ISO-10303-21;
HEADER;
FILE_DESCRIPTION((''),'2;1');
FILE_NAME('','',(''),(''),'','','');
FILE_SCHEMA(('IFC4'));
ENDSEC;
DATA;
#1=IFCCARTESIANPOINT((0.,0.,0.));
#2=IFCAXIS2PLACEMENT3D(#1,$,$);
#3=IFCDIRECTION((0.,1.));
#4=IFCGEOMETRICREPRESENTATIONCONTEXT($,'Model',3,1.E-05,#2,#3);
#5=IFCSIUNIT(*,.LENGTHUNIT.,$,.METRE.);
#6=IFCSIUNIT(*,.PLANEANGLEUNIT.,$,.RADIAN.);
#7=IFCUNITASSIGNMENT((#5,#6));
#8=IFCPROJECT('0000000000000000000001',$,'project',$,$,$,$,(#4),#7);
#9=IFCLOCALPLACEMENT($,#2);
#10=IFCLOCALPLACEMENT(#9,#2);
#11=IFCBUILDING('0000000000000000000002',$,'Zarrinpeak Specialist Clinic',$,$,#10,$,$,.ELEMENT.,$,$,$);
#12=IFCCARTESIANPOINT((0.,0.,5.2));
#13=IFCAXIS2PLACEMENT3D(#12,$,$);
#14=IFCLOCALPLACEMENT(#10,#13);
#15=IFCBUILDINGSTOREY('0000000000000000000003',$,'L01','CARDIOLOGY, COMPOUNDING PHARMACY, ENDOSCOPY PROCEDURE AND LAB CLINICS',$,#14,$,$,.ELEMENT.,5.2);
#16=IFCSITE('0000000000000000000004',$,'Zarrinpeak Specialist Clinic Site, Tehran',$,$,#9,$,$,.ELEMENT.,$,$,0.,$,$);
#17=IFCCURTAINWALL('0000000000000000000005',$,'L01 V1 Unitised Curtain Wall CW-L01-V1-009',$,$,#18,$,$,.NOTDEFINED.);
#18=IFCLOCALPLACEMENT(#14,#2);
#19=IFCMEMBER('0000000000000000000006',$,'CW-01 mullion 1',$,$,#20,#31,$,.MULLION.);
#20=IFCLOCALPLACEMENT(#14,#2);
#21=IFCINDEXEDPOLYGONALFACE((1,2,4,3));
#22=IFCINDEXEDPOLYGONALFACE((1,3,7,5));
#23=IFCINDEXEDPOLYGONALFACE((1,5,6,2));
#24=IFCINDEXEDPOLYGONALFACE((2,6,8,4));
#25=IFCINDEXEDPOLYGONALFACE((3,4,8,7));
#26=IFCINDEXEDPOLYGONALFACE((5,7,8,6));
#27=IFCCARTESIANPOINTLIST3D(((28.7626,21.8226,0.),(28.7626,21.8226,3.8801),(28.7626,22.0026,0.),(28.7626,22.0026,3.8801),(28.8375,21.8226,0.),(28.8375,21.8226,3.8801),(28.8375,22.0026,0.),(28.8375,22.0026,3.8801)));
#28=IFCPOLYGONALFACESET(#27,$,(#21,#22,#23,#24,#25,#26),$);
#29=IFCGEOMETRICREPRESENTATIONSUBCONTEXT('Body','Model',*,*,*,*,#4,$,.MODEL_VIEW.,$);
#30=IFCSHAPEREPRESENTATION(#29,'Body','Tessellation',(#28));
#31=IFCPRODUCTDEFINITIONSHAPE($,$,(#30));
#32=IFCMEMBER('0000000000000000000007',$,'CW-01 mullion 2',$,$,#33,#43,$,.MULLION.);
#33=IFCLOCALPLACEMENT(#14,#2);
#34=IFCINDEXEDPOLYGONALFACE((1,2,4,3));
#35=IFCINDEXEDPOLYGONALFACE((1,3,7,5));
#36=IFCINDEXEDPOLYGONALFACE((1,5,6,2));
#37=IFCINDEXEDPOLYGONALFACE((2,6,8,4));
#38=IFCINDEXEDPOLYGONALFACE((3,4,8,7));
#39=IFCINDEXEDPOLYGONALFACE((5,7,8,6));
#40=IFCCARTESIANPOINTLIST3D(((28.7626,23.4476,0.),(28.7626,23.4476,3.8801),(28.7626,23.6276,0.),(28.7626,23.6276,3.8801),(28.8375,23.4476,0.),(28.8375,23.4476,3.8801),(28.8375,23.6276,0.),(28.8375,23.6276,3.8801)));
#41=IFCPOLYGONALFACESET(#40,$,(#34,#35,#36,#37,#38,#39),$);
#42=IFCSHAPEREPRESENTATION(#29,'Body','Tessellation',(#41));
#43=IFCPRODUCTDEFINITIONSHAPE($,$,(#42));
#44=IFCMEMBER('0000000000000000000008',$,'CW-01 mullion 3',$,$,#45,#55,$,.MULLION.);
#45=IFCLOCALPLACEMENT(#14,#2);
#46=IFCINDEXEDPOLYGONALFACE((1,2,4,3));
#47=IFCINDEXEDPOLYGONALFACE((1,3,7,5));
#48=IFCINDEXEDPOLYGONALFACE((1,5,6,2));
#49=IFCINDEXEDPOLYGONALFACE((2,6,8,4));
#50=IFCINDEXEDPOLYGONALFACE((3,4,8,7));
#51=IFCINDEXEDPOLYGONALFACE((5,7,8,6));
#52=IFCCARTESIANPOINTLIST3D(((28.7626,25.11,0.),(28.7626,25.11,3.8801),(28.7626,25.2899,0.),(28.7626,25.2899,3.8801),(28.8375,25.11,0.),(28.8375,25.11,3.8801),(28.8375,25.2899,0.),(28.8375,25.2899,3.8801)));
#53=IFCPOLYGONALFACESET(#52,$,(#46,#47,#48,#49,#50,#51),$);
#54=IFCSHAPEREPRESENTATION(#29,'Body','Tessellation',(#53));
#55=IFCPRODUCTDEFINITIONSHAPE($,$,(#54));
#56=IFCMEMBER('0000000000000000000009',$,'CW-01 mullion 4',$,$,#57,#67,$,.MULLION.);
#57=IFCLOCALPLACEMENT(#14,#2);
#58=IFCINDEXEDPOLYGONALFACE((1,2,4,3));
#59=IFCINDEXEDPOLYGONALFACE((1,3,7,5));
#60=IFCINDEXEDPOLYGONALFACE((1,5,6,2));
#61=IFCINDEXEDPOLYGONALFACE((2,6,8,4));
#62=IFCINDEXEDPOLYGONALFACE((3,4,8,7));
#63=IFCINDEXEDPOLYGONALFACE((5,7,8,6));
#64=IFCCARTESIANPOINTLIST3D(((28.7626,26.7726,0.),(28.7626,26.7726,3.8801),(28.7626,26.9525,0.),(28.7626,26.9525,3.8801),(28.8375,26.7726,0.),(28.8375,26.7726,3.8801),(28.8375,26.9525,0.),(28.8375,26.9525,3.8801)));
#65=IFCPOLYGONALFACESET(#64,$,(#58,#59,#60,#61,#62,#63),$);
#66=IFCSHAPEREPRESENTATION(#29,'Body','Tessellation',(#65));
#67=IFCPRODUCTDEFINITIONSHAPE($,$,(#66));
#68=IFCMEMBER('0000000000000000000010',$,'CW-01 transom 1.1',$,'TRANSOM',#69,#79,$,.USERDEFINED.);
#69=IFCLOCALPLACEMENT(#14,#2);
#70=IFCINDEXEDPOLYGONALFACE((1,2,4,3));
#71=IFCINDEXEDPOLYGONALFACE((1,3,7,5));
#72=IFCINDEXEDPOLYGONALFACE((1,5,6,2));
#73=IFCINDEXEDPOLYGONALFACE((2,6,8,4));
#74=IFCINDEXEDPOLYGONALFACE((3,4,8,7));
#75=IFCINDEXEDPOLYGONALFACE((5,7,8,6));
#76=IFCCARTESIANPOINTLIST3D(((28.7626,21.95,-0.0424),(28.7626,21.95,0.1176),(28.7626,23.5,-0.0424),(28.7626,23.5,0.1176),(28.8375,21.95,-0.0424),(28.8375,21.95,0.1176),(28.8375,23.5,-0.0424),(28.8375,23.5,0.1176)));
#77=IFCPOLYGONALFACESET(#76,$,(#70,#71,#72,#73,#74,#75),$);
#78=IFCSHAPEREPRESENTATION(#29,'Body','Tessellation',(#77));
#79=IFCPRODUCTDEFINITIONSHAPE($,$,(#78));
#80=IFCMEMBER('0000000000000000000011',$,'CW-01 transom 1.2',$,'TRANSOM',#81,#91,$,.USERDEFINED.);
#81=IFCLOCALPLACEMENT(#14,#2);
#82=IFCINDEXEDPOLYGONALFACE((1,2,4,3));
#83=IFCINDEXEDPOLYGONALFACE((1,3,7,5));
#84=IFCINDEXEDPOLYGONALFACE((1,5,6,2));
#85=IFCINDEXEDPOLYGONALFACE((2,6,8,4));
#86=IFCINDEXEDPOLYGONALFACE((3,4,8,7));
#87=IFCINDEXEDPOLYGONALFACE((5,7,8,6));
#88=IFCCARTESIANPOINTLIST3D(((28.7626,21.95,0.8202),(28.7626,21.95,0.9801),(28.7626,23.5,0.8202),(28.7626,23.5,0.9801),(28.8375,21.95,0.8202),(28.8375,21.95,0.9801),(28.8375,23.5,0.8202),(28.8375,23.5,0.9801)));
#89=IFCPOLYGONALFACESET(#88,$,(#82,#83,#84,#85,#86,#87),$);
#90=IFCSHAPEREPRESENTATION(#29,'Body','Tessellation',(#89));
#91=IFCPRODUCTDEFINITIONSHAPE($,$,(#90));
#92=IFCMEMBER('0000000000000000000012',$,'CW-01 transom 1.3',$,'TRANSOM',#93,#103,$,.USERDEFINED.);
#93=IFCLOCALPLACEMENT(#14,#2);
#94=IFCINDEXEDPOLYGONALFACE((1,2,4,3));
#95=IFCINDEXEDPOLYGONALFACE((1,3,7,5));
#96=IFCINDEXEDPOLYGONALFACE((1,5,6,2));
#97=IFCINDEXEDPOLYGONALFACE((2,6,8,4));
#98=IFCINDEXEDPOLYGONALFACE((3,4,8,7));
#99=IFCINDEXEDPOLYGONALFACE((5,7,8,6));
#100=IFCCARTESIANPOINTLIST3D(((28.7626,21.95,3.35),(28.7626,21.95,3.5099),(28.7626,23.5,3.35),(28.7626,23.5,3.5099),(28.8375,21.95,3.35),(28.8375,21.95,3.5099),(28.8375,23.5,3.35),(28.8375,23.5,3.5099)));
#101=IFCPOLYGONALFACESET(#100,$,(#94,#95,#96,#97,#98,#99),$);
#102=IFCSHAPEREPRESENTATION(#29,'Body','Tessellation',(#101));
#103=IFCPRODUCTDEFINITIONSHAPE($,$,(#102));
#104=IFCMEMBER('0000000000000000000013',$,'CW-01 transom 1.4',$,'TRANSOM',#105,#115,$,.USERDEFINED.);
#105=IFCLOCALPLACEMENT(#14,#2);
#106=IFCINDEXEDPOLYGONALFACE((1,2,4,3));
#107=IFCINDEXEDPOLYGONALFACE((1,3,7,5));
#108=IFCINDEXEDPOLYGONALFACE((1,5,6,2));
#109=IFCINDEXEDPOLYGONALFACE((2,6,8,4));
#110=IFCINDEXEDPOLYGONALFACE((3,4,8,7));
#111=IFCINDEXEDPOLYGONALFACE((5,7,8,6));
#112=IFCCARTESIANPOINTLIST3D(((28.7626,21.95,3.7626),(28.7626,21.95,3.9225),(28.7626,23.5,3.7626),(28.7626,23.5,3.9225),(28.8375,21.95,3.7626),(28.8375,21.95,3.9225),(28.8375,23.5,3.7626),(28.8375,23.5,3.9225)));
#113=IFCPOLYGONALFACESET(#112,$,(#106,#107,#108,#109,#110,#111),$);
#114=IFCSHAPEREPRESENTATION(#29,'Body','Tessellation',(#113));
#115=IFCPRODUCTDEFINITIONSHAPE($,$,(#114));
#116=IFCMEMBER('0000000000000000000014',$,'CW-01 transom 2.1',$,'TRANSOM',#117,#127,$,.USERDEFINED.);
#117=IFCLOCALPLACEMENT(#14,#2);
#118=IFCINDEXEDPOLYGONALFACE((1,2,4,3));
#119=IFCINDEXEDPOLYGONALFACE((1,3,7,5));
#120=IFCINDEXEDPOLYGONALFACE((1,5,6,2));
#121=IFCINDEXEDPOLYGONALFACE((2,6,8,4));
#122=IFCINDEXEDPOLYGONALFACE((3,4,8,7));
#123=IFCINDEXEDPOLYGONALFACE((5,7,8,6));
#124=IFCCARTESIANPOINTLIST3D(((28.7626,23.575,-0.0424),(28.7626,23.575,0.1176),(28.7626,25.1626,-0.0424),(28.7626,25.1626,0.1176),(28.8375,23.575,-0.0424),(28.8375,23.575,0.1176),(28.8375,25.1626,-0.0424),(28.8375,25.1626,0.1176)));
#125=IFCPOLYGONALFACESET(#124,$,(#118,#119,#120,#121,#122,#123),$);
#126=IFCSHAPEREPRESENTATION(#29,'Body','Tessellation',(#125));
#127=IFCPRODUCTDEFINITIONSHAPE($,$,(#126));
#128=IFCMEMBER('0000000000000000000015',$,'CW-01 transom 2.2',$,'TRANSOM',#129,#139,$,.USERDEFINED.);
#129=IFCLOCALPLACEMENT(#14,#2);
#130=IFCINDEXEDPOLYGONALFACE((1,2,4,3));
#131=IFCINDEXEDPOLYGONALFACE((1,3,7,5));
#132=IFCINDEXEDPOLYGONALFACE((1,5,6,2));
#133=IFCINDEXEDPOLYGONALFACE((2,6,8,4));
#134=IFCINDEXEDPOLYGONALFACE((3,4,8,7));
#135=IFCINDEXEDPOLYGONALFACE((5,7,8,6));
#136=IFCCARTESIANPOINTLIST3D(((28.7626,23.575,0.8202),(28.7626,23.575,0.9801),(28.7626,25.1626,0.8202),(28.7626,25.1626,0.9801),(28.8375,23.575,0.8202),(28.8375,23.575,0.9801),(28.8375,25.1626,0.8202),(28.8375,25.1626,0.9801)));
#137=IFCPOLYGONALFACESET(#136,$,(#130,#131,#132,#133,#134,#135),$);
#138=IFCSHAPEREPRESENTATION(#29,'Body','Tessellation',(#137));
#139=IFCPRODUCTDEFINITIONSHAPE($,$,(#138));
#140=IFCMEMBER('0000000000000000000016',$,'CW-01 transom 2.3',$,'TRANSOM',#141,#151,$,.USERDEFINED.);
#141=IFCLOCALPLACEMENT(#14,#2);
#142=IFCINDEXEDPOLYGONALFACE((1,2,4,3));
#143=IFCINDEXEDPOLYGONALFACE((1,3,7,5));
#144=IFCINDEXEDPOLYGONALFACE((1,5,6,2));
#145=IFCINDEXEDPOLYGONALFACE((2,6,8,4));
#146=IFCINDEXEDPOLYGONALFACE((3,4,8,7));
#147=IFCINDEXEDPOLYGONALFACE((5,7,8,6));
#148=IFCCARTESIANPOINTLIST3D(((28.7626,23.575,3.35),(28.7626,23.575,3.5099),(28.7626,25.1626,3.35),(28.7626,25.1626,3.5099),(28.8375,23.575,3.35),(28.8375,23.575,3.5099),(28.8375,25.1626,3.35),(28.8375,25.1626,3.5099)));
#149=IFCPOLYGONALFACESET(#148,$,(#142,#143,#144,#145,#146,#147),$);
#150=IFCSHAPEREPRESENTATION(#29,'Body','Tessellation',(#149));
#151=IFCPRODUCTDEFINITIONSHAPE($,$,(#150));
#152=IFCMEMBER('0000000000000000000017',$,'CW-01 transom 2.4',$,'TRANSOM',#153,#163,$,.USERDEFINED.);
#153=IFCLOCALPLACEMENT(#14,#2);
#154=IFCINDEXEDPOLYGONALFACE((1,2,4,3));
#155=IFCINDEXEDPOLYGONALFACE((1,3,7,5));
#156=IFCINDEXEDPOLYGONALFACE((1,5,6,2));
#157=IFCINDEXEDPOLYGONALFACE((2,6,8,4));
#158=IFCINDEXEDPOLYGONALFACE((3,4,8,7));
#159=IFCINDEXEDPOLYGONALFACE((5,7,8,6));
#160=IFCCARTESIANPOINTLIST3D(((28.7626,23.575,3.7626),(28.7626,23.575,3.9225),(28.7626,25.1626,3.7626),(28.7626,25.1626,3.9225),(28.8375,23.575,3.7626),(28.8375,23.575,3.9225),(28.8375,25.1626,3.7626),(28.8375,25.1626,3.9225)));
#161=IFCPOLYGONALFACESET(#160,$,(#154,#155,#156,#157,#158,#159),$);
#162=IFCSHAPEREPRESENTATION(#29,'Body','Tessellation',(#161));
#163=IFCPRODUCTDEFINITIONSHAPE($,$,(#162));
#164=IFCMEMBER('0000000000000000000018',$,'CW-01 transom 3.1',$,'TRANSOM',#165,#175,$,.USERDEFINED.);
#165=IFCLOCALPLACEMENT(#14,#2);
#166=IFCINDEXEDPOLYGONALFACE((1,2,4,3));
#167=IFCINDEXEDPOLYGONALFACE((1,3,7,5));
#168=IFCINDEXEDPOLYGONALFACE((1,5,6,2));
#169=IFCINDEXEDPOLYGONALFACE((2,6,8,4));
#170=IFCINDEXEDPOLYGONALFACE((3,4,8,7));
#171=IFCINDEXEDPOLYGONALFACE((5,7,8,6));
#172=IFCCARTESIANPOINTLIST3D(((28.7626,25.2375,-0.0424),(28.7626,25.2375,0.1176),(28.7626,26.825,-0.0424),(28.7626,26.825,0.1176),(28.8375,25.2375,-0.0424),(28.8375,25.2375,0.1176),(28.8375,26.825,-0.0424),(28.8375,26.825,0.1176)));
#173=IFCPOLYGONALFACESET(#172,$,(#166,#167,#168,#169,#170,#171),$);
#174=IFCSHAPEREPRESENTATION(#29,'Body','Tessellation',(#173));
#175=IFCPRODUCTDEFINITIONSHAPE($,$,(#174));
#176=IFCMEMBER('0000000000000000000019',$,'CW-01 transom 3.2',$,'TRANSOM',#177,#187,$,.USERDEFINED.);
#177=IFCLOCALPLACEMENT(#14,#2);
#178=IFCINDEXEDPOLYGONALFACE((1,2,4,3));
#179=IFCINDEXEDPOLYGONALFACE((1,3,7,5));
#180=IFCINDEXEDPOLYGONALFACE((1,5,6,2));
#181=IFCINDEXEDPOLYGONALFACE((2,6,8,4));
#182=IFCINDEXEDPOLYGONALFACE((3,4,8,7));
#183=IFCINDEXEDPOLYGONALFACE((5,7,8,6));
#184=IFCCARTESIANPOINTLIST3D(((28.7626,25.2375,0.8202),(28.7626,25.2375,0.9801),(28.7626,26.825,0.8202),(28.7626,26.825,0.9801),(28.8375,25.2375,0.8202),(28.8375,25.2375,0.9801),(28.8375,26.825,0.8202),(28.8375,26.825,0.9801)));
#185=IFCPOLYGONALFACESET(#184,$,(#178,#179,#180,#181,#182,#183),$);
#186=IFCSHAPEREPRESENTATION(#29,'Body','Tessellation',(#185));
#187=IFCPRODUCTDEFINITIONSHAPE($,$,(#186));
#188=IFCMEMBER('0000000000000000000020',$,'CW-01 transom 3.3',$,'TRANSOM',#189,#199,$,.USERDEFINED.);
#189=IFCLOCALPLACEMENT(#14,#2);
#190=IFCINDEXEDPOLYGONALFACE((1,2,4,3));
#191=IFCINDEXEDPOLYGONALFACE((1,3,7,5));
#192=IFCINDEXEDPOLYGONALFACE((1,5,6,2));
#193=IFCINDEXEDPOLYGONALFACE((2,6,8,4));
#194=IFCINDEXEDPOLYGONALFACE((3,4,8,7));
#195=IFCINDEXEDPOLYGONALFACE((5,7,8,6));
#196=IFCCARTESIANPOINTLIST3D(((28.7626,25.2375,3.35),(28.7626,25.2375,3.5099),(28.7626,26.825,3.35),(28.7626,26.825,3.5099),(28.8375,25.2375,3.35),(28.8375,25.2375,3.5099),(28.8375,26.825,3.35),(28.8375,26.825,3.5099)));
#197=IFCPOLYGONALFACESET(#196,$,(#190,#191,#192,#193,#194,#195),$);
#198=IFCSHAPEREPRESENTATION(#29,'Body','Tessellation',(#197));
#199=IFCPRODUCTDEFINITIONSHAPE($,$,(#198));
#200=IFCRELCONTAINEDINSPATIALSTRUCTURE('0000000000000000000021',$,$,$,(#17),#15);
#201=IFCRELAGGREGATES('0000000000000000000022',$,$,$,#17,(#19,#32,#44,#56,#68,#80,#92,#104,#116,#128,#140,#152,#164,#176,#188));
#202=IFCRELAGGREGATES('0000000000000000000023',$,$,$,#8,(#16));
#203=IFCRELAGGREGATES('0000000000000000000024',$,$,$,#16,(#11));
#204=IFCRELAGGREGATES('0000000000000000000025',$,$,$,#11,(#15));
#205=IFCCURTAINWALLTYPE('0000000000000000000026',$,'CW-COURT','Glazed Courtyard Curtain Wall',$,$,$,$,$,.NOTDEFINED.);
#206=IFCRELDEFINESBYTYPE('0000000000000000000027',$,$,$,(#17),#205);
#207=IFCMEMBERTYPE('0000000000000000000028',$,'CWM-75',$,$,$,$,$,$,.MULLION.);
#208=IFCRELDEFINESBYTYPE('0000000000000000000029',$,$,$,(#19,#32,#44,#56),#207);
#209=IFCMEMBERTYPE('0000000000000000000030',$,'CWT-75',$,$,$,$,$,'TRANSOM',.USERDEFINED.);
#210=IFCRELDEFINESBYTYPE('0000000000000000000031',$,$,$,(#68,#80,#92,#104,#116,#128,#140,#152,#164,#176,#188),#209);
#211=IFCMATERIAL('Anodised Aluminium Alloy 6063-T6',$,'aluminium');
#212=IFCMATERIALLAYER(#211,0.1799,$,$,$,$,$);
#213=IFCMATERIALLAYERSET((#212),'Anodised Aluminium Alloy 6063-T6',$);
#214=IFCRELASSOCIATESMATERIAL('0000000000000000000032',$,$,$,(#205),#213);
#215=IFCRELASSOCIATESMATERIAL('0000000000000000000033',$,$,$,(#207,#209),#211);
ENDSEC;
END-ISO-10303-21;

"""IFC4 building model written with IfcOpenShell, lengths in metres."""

from ifc_helpers import new_model, si_unit, direction, frame, origin, origin_2d, place, context, subcontext, project, spatial, rectangle, extrude, material, layer, layer_set, material_profile, profile_set, type_object, element, aggregate, save


model = new_model("IFC4")

# Units and contexts
model_context = context("Model", 3, precision=1e-05, world=origin(), true_north=direction((0.0, 1.0)))
body_context = subcontext(model_context, "Body", "Model", "MODEL_VIEW")
ifc_project = project(units=[si_unit("LENGTHUNIT", "METRE"), si_unit("PLANEANGLEUNIT", "RADIAN")], contexts=[model_context])

# Site, building, storey
site_placement = place(None, origin())
site = spatial("IfcSite", under=ifc_project, at=site_placement, Name="Zarrinpeak Specialist Clinic Site, Tehran", CompositionType="ELEMENT", RefElevation=0.0)
building_placement = place(site_placement, origin())
building = spatial("IfcBuilding", under=site, at=building_placement, Name="Zarrinpeak Specialist Clinic", CompositionType="ELEMENT")
storey_placement = place(building_placement, frame((0.0, 0.0, 5.2)))
storey = spatial("IfcBuildingStorey", under=building, at=storey_placement, Name="L01", Description="CARDIOLOGY, COMPOUNDING PHARMACY, ENDOSCOPY PROCEDURE AND LAB CLINICS", CompositionType="ELEMENT", Elevation=5.2)

# Curtain wall, members
ifc_material_1 = material(Name="Anodised Aluminium Alloy 6063-T6", Category="aluminium")
ifc_layer_1 = layer(ifc_material_1, 0.1799)
ifc_layer_set_1 = layer_set([ifc_layer_1], Name="Anodised Aluminium Alloy 6063-T6")
curtain_wall_type = type_object("IfcCurtainWallType", Name="CW-COURT", Description="Glazed Courtyard Curtain Wall", PredefinedType="NOTDEFINED", material=ifc_layer_set_1)
curtain_wall_placement = place(storey_placement, origin())
curtain_wall = element("IfcCurtainWall", 1, at=curtain_wall_placement, inside=storey, type_object=curtain_wall_type, Name="L01 V1 Unitised Curtain Wall CW-L01-V1-009", PredefinedType="NOTDEFINED")
ifc_material_profile_1 = material_profile(ifc_material_1, rectangle(XDim=0.075, YDim=0.1799, at=origin_2d()), Name="ALU 75x180")
ifc_profile_set_1 = profile_set([ifc_material_profile_1], Name="Anodised Aluminium Alloy 6063-T6")
member_type_1 = type_object("IfcMemberType", Name="CWM-75", PredefinedType="MULLION", material=ifc_profile_set_1)
member_1_placement = place(storey_placement, frame((28.8, 21.9126, 0.0), z_axis=(0.0, 0.0, 1.0), x_axis=(-1.0, 0.0, 0.0)))
member_1 = element("IfcMember", 2, at=member_1_placement, type_object=member_type_1, Name="CW-01 mullion 1", PredefinedType="MULLION", context=body_context, shape_type="SweptSolid", body=[
    extrude(rectangle(XDim=0.075, YDim=0.1799, at=origin_2d()), origin(), (0.0, 0.0, 1.0), 3.8801),
])
member_2_placement = place(storey_placement, frame((28.8, 23.5376, 0.0), z_axis=(0.0, 0.0, 1.0), x_axis=(-1.0, 0.0, 0.0)))
member_2 = element("IfcMember", 3, at=member_2_placement, type_object=member_type_1, Name="CW-01 mullion 2", PredefinedType="MULLION", context=body_context, shape_type="SweptSolid", body=[
    extrude(rectangle(XDim=0.075, YDim=0.1799, at=origin_2d()), origin(), (0.0, 0.0, 1.0), 3.8801),
])
member_3_placement = place(storey_placement, frame((28.8, 25.2, 0.0), z_axis=(0.0, 0.0, 1.0), x_axis=(-1.0, 0.0, 0.0)))
member_3 = element("IfcMember", 4, at=member_3_placement, type_object=member_type_1, Name="CW-01 mullion 3", PredefinedType="MULLION", context=body_context, shape_type="SweptSolid", body=[
    extrude(rectangle(XDim=0.075, YDim=0.1799, at=origin_2d()), origin(), (0.0, 0.0, 1.0), 3.8801),
])
member_4_placement = place(storey_placement, frame((28.8, 26.8625, 0.0), z_axis=(0.0, 0.0, 1.0), x_axis=(-1.0, 0.0, 0.0)))
member_4 = element("IfcMember", 5, at=member_4_placement, type_object=member_type_1, Name="CW-01 mullion 4", PredefinedType="MULLION", context=body_context, shape_type="SweptSolid", body=[
    extrude(rectangle(XDim=0.075, YDim=0.1799, at=origin_2d()), origin(), (0.0, 0.0, 1.0), 3.8801),
])
ifc_material_profile_2 = material_profile(ifc_material_1, rectangle(XDim=0.075, YDim=0.1599, at=origin_2d()), Name="ALU 75x160")
ifc_profile_set_2 = profile_set([ifc_material_profile_2], Name="Anodised Aluminium Alloy 6063-T6")
member_type_2 = type_object("IfcMemberType", Name="CWT-75", ElementType="TRANSOM", PredefinedType="USERDEFINED", material=ifc_profile_set_2)
member_5_placement = place(storey_placement, frame((28.8, 21.95, 0.0376), z_axis=(0.0, 1.0, 0.0), x_axis=(-1.0, 0.0, 0.0)))
member_5 = element("IfcMember", 6, at=member_5_placement, type_object=member_type_2, Name="CW-01 transom 1.1", ObjectType="TRANSOM", PredefinedType="USERDEFINED", context=body_context, shape_type="SweptSolid", body=[
    extrude(rectangle(XDim=0.075, YDim=0.1599, at=origin_2d()), origin(), (0.0, 0.0, 1.0), 1.55),
])
member_6_placement = place(storey_placement, frame((28.8, 21.95, 0.9001), z_axis=(0.0, 1.0, 0.0), x_axis=(-1.0, 0.0, 0.0)))
member_6 = element("IfcMember", 7, at=member_6_placement, type_object=member_type_2, Name="CW-01 transom 1.2", ObjectType="TRANSOM", PredefinedType="USERDEFINED", context=body_context, shape_type="SweptSolid", body=[
    extrude(rectangle(XDim=0.075, YDim=0.1599, at=origin_2d()), origin(), (0.0, 0.0, 1.0), 1.55),
])
member_7_placement = place(storey_placement, frame((28.8, 21.95, 3.4299), z_axis=(0.0, 1.0, 0.0), x_axis=(-1.0, 0.0, 0.0)))
member_7 = element("IfcMember", 8, at=member_7_placement, type_object=member_type_2, Name="CW-01 transom 1.3", ObjectType="TRANSOM", PredefinedType="USERDEFINED", context=body_context, shape_type="SweptSolid", body=[
    extrude(rectangle(XDim=0.075, YDim=0.1599, at=origin_2d()), origin(), (0.0, 0.0, 1.0), 1.55),
])
member_8_placement = place(storey_placement, frame((28.8, 21.95, 3.8425), z_axis=(0.0, 1.0, 0.0), x_axis=(-1.0, 0.0, 0.0)))
member_8 = element("IfcMember", 9, at=member_8_placement, type_object=member_type_2, Name="CW-01 transom 1.4", ObjectType="TRANSOM", PredefinedType="USERDEFINED", context=body_context, shape_type="SweptSolid", body=[
    extrude(rectangle(XDim=0.075, YDim=0.1599, at=origin_2d()), origin(), (0.0, 0.0, 1.0), 1.55),
])
member_9_placement = place(storey_placement, frame((28.8, 23.575, 0.0376), z_axis=(0.0, 1.0, 0.0), x_axis=(-1.0, 0.0, 0.0)))
member_9 = element("IfcMember", 10, at=member_9_placement, type_object=member_type_2, Name="CW-01 transom 2.1", ObjectType="TRANSOM", PredefinedType="USERDEFINED", context=body_context, shape_type="SweptSolid", body=[
    extrude(rectangle(XDim=0.075, YDim=0.1599, at=origin_2d()), origin(), (0.0, 0.0, 1.0), 1.5876),
])
member_10_placement = place(storey_placement, frame((28.8, 23.575, 0.9001), z_axis=(0.0, 1.0, 0.0), x_axis=(-1.0, 0.0, 0.0)))
member_10 = element("IfcMember", 11, at=member_10_placement, type_object=member_type_2, Name="CW-01 transom 2.2", ObjectType="TRANSOM", PredefinedType="USERDEFINED", context=body_context, shape_type="SweptSolid", body=[
    extrude(rectangle(XDim=0.075, YDim=0.1599, at=origin_2d()), origin(), (0.0, 0.0, 1.0), 1.5876),
])
member_11_placement = place(storey_placement, frame((28.8, 23.575, 3.4299), z_axis=(0.0, 1.0, 0.0), x_axis=(-1.0, 0.0, 0.0)))
member_11 = element("IfcMember", 12, at=member_11_placement, type_object=member_type_2, Name="CW-01 transom 2.3", ObjectType="TRANSOM", PredefinedType="USERDEFINED", context=body_context, shape_type="SweptSolid", body=[
    extrude(rectangle(XDim=0.075, YDim=0.1599, at=origin_2d()), origin(), (0.0, 0.0, 1.0), 1.5876),
])
member_12_placement = place(storey_placement, frame((28.8, 23.575, 3.8425), z_axis=(0.0, 1.0, 0.0), x_axis=(-1.0, 0.0, 0.0)))
member_12 = element("IfcMember", 13, at=member_12_placement, type_object=member_type_2, Name="CW-01 transom 2.4", ObjectType="TRANSOM", PredefinedType="USERDEFINED", context=body_context, shape_type="SweptSolid", body=[
    extrude(rectangle(XDim=0.075, YDim=0.1599, at=origin_2d()), origin(), (0.0, 0.0, 1.0), 1.5876),
])
member_13_placement = place(storey_placement, frame((28.8, 25.2375, 0.0376), z_axis=(0.0, 1.0, 0.0), x_axis=(-1.0, 0.0, 0.0)))
member_13 = element("IfcMember", 14, at=member_13_placement, type_object=member_type_2, Name="CW-01 transom 3.1", ObjectType="TRANSOM", PredefinedType="USERDEFINED", context=body_context, shape_type="SweptSolid", body=[
    extrude(rectangle(XDim=0.075, YDim=0.1599, at=origin_2d()), origin(), (0.0, 0.0, 1.0), 1.5874),
])
member_14_placement = place(storey_placement, frame((28.8, 25.2375, 0.9001), z_axis=(0.0, 1.0, 0.0), x_axis=(-1.0, 0.0, 0.0)))
member_14 = element("IfcMember", 15, at=member_14_placement, type_object=member_type_2, Name="CW-01 transom 3.2", ObjectType="TRANSOM", PredefinedType="USERDEFINED", context=body_context, shape_type="SweptSolid", body=[
    extrude(rectangle(XDim=0.075, YDim=0.1599, at=origin_2d()), origin(), (0.0, 0.0, 1.0), 1.5874),
])
member_15_placement = place(storey_placement, frame((28.8, 25.2375, 3.4299), z_axis=(0.0, 1.0, 0.0), x_axis=(-1.0, 0.0, 0.0)))
member_15 = element("IfcMember", 16, at=member_15_placement, type_object=member_type_2, Name="CW-01 transom 3.3", ObjectType="TRANSOM", PredefinedType="USERDEFINED", context=body_context, shape_type="SweptSolid", body=[
    extrude(rectangle(XDim=0.075, YDim=0.1599, at=origin_2d()), origin(), (0.0, 0.0, 1.0), 1.5874),
])
aggregate(curtain_wall, [member_1, member_2, member_3, member_4, member_5, member_6, member_7, member_8, member_9, member_10, member_11, member_12, member_13, member_14, member_15])

save(model, "model.ifc")
